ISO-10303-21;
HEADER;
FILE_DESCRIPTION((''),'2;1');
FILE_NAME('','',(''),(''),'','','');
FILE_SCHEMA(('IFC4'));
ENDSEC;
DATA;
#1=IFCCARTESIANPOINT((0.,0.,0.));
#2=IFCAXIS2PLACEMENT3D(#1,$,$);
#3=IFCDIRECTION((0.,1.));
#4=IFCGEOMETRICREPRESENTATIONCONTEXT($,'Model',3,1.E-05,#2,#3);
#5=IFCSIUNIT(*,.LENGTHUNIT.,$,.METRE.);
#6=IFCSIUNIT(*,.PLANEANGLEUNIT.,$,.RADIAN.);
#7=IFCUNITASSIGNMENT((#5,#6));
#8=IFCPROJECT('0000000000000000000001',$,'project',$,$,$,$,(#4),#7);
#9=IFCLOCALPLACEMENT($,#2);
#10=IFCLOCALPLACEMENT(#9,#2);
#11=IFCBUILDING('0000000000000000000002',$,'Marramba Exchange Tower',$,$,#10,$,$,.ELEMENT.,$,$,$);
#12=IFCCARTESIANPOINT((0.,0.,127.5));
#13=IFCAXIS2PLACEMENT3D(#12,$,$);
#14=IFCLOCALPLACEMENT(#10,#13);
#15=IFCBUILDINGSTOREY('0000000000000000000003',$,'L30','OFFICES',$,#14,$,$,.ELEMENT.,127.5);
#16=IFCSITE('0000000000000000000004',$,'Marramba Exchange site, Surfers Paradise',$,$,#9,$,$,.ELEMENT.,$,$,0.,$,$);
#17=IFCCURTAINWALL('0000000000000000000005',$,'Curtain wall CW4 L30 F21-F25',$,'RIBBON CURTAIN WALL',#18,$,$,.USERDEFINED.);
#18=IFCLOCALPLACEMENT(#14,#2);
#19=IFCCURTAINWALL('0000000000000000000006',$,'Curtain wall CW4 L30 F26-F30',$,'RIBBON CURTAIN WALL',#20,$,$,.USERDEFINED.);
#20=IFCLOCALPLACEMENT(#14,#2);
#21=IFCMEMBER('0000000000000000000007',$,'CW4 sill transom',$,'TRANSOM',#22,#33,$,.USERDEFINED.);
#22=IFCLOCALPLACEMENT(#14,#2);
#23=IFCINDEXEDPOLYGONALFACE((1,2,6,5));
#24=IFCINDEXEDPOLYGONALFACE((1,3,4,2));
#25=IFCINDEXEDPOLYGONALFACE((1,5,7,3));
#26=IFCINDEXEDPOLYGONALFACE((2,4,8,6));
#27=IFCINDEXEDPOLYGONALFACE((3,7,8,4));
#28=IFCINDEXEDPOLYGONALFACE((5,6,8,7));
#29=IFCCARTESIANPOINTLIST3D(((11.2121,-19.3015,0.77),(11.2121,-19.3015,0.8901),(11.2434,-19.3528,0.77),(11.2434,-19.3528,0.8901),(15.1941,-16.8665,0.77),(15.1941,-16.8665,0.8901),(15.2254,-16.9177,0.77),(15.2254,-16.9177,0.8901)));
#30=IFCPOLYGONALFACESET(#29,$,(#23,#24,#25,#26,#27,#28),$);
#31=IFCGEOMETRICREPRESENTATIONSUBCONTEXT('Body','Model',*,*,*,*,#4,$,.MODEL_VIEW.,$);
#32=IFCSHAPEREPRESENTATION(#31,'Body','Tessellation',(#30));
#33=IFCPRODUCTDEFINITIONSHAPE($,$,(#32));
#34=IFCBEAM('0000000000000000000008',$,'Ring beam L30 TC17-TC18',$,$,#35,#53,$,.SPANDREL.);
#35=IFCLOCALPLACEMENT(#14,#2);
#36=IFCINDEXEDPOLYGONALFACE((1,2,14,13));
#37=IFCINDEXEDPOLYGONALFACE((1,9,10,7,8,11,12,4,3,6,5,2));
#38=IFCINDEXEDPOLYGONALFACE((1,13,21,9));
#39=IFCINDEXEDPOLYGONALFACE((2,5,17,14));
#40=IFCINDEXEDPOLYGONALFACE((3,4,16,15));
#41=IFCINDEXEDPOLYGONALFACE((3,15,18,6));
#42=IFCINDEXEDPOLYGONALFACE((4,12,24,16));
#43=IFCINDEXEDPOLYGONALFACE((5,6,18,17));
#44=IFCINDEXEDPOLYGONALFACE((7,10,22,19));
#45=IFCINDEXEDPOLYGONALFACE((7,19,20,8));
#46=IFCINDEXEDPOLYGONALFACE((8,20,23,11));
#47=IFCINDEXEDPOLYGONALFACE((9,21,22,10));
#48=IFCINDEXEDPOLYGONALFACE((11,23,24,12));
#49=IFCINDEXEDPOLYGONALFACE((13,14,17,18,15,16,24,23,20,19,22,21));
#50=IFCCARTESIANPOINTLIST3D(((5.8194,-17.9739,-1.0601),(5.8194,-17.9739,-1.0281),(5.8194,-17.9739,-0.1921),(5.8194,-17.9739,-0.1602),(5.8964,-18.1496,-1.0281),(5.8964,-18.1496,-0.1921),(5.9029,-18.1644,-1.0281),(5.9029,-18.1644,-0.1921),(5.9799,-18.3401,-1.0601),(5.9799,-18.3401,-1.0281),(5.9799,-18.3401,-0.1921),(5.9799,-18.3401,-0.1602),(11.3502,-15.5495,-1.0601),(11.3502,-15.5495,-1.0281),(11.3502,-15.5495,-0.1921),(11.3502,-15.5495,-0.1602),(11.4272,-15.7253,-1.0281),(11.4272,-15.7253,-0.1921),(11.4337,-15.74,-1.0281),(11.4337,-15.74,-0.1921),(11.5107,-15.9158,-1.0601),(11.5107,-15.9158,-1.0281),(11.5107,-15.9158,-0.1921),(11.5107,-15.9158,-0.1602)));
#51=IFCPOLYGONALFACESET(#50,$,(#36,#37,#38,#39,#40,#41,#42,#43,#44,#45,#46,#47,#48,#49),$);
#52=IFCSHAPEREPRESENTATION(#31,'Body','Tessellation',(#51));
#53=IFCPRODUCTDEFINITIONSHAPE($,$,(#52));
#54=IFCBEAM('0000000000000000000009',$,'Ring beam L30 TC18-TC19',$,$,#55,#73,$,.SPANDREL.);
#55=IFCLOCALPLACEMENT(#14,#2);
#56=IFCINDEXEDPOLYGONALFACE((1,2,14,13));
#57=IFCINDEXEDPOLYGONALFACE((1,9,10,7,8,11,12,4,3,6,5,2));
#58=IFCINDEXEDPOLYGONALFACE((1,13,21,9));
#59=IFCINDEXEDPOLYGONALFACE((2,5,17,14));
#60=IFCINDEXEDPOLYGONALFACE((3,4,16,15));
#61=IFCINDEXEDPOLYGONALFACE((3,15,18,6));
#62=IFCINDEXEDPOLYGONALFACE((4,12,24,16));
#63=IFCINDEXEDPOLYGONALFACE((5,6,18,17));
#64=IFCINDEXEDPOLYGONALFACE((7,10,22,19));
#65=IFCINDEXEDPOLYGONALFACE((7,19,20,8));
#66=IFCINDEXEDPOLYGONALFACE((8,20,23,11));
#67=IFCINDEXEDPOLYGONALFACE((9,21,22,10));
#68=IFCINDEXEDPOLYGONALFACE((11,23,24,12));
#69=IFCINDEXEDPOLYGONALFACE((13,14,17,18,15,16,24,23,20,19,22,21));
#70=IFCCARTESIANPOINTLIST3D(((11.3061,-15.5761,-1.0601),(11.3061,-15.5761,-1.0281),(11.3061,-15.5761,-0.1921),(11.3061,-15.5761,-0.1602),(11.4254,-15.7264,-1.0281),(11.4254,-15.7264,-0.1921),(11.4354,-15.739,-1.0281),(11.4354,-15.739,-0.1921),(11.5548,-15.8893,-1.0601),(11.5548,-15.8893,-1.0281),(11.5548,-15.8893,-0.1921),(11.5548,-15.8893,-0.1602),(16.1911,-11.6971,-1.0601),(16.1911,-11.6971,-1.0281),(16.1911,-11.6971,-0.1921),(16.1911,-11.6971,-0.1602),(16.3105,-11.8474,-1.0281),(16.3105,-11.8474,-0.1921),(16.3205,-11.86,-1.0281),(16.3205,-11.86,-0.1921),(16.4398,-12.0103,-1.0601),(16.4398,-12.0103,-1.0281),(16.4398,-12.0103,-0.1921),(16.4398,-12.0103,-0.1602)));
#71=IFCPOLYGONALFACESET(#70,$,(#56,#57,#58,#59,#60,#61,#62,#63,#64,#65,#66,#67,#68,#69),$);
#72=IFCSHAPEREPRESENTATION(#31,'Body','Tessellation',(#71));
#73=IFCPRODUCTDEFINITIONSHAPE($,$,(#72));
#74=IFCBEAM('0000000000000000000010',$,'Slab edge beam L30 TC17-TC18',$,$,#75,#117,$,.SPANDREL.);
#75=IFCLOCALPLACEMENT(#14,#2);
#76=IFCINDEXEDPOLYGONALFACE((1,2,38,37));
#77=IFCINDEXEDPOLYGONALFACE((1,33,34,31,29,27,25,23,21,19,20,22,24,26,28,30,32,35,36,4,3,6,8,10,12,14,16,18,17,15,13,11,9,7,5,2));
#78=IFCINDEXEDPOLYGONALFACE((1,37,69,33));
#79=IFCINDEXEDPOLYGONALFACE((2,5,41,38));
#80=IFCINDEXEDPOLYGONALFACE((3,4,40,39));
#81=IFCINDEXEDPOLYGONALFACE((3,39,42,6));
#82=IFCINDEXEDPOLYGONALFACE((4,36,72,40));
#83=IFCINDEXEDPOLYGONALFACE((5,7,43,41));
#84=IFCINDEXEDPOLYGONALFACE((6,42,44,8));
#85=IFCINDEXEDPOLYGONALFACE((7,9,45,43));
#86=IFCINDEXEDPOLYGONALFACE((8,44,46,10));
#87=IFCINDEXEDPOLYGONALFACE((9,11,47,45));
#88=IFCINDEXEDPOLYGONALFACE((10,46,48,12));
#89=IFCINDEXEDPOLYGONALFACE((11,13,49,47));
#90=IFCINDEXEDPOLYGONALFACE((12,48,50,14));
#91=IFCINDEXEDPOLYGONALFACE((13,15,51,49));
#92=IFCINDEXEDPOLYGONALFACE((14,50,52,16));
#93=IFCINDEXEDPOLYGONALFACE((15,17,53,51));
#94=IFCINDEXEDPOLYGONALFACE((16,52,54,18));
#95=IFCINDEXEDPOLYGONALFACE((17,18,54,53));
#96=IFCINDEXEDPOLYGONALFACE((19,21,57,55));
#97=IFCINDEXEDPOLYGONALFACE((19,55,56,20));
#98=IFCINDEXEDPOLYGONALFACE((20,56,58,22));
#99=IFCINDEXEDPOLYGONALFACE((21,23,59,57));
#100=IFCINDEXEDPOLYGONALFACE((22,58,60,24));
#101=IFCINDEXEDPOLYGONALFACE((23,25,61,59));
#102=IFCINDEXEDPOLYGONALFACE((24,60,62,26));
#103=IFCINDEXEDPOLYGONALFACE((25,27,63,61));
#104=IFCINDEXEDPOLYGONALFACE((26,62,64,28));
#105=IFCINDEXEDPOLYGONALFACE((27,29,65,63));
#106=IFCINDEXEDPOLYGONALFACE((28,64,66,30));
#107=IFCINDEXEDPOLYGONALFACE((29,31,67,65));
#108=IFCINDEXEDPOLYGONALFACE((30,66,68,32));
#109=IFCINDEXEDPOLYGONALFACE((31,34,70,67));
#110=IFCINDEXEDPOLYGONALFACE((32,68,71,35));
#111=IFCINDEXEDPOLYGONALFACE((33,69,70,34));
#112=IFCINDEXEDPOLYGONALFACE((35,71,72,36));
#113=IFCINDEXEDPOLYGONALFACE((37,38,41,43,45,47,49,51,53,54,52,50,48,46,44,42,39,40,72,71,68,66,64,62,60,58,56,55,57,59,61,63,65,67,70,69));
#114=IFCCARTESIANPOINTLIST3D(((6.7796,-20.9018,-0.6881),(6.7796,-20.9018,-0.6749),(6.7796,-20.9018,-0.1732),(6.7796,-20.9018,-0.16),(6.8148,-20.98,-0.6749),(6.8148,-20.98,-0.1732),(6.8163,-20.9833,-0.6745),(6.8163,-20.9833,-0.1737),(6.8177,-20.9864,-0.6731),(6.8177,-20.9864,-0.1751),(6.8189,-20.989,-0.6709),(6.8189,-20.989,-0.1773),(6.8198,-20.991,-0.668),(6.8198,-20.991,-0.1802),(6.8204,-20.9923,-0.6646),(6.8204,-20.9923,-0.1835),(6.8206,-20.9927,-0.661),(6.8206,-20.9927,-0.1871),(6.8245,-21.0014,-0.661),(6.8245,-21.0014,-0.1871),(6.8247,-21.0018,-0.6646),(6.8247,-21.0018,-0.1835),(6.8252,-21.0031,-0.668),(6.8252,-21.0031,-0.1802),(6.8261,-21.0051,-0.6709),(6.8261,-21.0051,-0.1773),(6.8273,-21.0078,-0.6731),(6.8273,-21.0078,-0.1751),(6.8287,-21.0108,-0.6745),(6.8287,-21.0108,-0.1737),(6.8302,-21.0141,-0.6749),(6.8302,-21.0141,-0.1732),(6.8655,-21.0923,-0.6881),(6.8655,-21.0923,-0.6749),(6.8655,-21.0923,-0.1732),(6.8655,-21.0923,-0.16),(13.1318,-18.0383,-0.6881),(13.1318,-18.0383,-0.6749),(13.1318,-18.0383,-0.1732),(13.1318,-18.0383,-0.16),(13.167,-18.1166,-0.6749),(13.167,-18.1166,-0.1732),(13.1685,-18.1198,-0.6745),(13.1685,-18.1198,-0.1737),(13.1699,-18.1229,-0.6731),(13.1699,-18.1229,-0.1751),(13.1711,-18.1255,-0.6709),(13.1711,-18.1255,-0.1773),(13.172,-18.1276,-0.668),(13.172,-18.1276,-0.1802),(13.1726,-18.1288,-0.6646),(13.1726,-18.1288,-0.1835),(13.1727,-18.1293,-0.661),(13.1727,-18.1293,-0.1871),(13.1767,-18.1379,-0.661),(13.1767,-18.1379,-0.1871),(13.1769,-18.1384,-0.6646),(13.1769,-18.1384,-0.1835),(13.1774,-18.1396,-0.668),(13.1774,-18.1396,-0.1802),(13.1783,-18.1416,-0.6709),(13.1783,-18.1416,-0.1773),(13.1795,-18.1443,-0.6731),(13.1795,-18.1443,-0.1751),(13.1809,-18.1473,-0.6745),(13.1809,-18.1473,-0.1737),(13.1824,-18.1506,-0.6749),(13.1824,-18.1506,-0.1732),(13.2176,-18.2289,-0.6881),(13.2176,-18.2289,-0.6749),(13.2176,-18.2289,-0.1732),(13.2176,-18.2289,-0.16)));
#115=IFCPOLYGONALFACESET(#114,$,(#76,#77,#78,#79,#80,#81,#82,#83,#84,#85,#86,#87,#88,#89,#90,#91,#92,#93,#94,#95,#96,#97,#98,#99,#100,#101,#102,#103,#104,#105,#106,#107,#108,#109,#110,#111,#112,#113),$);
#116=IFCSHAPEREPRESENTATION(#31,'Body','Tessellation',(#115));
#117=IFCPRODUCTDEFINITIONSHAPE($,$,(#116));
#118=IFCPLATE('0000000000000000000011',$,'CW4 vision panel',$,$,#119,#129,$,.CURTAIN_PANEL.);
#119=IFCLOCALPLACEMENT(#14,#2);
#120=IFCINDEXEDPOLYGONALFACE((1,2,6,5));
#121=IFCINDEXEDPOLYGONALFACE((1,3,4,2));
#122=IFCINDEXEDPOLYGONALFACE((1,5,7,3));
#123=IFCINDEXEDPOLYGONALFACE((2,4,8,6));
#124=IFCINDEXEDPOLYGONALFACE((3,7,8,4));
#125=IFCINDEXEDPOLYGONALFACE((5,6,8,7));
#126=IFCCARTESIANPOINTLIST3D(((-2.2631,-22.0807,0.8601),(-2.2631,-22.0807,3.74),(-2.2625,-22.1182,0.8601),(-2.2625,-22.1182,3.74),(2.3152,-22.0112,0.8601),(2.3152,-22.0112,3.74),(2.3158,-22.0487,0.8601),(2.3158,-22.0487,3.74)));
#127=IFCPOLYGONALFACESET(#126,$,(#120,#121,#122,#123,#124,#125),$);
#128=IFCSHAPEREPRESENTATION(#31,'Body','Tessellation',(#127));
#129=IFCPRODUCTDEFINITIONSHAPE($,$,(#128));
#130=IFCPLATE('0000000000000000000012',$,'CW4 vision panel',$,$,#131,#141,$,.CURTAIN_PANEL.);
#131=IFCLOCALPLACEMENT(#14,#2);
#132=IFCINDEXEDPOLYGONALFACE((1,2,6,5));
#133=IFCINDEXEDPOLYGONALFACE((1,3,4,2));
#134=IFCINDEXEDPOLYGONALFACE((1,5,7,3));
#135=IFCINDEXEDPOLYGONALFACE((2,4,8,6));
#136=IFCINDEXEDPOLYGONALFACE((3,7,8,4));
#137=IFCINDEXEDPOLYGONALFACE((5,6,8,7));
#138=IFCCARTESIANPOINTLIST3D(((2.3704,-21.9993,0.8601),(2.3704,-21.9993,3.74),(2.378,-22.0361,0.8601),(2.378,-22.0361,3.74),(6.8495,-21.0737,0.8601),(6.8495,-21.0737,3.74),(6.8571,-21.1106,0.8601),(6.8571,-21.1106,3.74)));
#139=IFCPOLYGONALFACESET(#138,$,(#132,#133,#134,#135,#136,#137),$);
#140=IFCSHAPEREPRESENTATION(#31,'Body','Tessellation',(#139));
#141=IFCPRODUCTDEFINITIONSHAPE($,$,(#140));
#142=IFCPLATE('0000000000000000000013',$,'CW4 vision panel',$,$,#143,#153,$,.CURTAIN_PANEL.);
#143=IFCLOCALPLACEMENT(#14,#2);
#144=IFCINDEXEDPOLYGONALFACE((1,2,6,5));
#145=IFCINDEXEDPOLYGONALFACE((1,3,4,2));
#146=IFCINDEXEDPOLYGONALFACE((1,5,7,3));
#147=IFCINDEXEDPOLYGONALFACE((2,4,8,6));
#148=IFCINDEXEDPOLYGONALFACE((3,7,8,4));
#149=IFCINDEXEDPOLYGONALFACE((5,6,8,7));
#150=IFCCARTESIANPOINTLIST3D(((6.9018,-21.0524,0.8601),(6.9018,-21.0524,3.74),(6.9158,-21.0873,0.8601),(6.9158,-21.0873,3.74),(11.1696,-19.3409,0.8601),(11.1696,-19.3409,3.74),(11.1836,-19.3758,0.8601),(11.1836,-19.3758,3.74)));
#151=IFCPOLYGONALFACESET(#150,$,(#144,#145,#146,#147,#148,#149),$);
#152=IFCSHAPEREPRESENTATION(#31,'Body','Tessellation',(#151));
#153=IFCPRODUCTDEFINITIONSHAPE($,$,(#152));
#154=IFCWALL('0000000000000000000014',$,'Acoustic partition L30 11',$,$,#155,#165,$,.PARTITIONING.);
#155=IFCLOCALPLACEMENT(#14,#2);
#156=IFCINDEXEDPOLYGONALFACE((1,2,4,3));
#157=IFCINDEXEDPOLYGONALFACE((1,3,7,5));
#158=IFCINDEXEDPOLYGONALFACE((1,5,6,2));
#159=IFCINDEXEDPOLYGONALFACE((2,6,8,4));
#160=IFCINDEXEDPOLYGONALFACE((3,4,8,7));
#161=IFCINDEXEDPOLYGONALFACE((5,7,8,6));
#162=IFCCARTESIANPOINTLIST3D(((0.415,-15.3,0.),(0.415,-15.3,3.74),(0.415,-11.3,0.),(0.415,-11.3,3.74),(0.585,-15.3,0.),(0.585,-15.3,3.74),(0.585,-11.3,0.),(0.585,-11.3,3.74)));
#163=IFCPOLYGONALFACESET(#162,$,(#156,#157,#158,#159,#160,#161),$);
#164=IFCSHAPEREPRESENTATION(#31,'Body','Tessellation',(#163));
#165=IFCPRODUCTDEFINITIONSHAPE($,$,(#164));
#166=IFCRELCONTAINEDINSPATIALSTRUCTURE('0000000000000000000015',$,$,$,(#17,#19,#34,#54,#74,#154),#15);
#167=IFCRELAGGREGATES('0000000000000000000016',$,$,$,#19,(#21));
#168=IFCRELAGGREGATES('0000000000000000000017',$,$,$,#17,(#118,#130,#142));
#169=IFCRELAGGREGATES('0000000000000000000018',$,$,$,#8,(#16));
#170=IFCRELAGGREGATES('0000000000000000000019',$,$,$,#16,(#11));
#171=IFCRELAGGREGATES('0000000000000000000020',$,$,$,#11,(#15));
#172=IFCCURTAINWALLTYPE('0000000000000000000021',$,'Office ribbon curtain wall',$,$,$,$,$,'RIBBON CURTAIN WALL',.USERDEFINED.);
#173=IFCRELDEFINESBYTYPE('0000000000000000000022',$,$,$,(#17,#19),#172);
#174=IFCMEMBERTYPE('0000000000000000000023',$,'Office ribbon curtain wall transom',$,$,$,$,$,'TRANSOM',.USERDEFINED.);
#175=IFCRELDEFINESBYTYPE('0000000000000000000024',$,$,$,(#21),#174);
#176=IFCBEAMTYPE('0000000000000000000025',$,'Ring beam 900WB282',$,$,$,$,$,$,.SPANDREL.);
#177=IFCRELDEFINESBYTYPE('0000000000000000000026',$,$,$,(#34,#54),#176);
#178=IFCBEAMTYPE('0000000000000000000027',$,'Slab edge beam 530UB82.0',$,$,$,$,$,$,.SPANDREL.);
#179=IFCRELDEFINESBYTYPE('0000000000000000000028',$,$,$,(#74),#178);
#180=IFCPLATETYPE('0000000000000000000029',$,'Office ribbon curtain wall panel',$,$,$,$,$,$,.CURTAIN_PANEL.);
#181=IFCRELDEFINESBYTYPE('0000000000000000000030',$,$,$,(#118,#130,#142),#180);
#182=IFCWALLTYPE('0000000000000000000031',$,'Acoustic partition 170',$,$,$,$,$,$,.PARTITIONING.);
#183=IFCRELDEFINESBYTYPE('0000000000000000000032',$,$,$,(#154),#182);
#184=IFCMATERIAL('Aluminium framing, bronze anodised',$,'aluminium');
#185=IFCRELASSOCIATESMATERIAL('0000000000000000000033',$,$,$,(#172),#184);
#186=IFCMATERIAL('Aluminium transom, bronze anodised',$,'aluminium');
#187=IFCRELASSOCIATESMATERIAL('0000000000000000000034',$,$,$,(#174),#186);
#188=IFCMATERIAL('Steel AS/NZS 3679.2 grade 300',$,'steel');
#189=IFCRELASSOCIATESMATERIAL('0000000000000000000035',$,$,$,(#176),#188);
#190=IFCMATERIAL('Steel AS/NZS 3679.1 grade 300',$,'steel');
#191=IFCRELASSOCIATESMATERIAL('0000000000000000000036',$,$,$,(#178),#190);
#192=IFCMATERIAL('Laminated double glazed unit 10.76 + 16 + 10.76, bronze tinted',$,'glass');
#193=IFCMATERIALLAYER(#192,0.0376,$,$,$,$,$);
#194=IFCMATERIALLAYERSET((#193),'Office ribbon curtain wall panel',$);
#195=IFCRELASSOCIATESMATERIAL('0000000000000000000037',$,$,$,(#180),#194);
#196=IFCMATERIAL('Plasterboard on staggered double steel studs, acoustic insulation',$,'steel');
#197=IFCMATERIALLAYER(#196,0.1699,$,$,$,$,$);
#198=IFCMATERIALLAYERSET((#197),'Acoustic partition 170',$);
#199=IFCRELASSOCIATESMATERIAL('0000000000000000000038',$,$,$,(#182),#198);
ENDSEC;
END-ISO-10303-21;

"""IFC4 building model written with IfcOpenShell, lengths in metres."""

from ifc_helpers import new_model, si_unit, direction, frame, frame_2d, origin, origin_2d, place, context, subcontext, project, spatial, rectangle, i_section, extrude, material, layer, layer_set, material_profile, profile_set, type_object, element, aggregate, save


model = new_model("IFC4")

# Units and contexts
model_context = context("Model", 3, precision=1e-05, world=origin(), true_north=direction((0.0, 1.0)))
body_context = subcontext(model_context, "Body", "Model", "MODEL_VIEW")
ifc_project = project(units=[si_unit("LENGTHUNIT", "METRE"), si_unit("PLANEANGLEUNIT", "RADIAN")], contexts=[model_context])

# Site, building, storey
site_placement = place(None, origin())
site = spatial("IfcSite", under=ifc_project, at=site_placement, Name="Marramba Exchange site, Surfers Paradise", CompositionType="ELEMENT", RefElevation=0.0)
building_placement = place(site_placement, origin())
building = spatial("IfcBuilding", under=site, at=building_placement, Name="Marramba Exchange Tower", CompositionType="ELEMENT")
storey_placement = place(building_placement, frame((0.0, 0.0, 127.5)))
storey = spatial("IfcBuildingStorey", under=building, at=storey_placement, Name="L30", Description="OFFICES", CompositionType="ELEMENT", Elevation=127.5)

# Shared definitions
ifc_material_1 = material(Name="Steel AS/NZS 3679.2 grade 300", Category="steel")
ifc_material_2 = material(Name="Steel AS/NZS 3679.1 grade 300", Category="steel")

# Curtain wall
ifc_material_3 = material(Name="Aluminium framing, bronze anodised", Category="aluminium")
curtain_wall_type = type_object("IfcCurtainWallType", Name="Office ribbon curtain wall", ElementType="RIBBON CURTAIN WALL", PredefinedType="USERDEFINED", material=ifc_material_3)
curtain_wall_1_placement = place(storey_placement, origin())
curtain_wall_1 = element("IfcCurtainWall", 1, at=curtain_wall_1_placement, inside=storey, type_object=curtain_wall_type, Name="Curtain wall CW4 L30 F21-F25", ObjectType="RIBBON CURTAIN WALL", PredefinedType="USERDEFINED")

# Curtain wall
curtain_wall_2_placement = place(storey_placement, origin())
curtain_wall_2 = element("IfcCurtainWall", 2, at=curtain_wall_2_placement, inside=storey, type_object=curtain_wall_type, Name="Curtain wall CW4 L30 F26-F30", ObjectType="RIBBON CURTAIN WALL", PredefinedType="USERDEFINED")

# Member
ifc_material_4 = material(Name="Aluminium transom, bronze anodised", Category="aluminium")
ifc_material_profile_1 = material_profile(ifc_material_4, rectangle(XDim=0.0601, YDim=0.1201, at=origin_2d()), Name="CW4 transom 60x120")
ifc_profile_set_1 = profile_set([ifc_material_profile_1], Name="Aluminium transom, bronze anodised")
member_type_1 = type_object("IfcMemberType", Name="Office ribbon curtain wall transom", ElementType="TRANSOM", PredefinedType="USERDEFINED", material=ifc_profile_set_1)
member_1_placement = place(storey_placement, frame((11.2278, -19.3271, 0.8301), z_axis=(0.853124, 0.521708, 0.0), x_axis=(-0.521708, 0.853124, 0.0)))
member_1 = element("IfcMember", 3, at=member_1_placement, type_object=member_type_1, Name="CW4 sill transom", ObjectType="TRANSOM", PredefinedType="USERDEFINED", context=body_context, shape_type="SweptSolid", body=[
    extrude(rectangle(XDim=0.0601, YDim=0.1201, at=origin_2d()), origin(), (0.0, 0.0, 1.0), 4.6675),
])
aggregate(curtain_wall_2, [member_1])

# Beams
ifc_material_profile_2 = material_profile(ifc_material_1, i_section(OverallWidth=0.3999, OverallDepth=0.8999, WebThickness=0.0161, FlangeThickness=0.032, at=origin_2d()), Name="900WB282")
ifc_profile_set_2 = profile_set([ifc_material_profile_2], Name="Steel AS/NZS 3679.2 grade 300")
beam_type_1 = type_object("IfcBeamType", Name="Ring beam 900WB282", PredefinedType="SPANDREL", material=ifc_profile_set_2)
beam_1_placement = place(storey_placement, frame((5.8997, -18.157, -0.6101), z_axis=(0.915877, 0.401459, 0.0), x_axis=(-0.401459, 0.915877, 0.0)))
element("IfcBeam", 4, at=beam_1_placement, inside=storey, type_object=beam_type_1, Name="Ring beam L30 TC17-TC18", PredefinedType="SPANDREL", context=body_context, shape_type="SweptSolid", body=[
    extrude(i_section(OverallWidth=0.3999, OverallDepth=0.8999, WebThickness=0.0161, FlangeThickness=0.032, at=origin_2d()), origin(), (0.0, 0.0, 1.0), 6.0388),
])
beam_2_placement = place(storey_placement, frame((11.4304, -15.7327, -0.6101), z_axis=(0.783139, 0.621846, 0.0), x_axis=(-0.621846, 0.783139, 0.0)))
element("IfcBeam", 5, at=beam_2_placement, inside=storey, type_object=beam_type_1, Name="Ring beam L30 TC18-TC19", PredefinedType="SPANDREL", context=body_context, shape_type="SweptSolid", body=[
    extrude(i_section(OverallWidth=0.3999, OverallDepth=0.8999, WebThickness=0.0161, FlangeThickness=0.032, at=origin_2d()), origin(), (0.0, 0.0, 1.0), 6.2378),
])
ifc_material_profile_3 = material_profile(ifc_material_2, i_section(OverallWidth=0.209, OverallDepth=0.5281, WebThickness=0.0095, FlangeThickness=0.0132, FilletRadius=0.0139, at=origin_2d()), Name="530UB82.0")
ifc_profile_set_3 = profile_set([ifc_material_profile_3], Name="Steel AS/NZS 3679.1 grade 300")
beam_type_2 = type_object("IfcBeamType", Name="Slab edge beam 530UB82.0", PredefinedType="SPANDREL", material=ifc_profile_set_3)
beam_3_placement = place(storey_placement, frame((6.8225, -20.9971, -0.4241), z_axis=(0.911653, 0.41096, 0.0), x_axis=(-0.41096, 0.911653, 0.0)))
element("IfcBeam", 6, at=beam_3_placement, inside=storey, type_object=beam_type_2, Name="Slab edge beam L30 TC17-TC18", PredefinedType="SPANDREL", context=body_context, shape_type="SweptSolid", body=[
    extrude(i_section(OverallWidth=0.209, OverallDepth=0.5281, WebThickness=0.0095, FlangeThickness=0.0132, FilletRadius=0.0139, at=origin_2d()), origin(), (0.0, 0.0, 1.0), 6.9678),
])

# Plates
ifc_material_5 = material(Name="Laminated double glazed unit 10.76 + 16 + 10.76, bronze tinted", Category="glass")
ifc_layer_1 = layer(ifc_material_5, 0.0376)
ifc_layer_set_1 = layer_set([ifc_layer_1], Name="Office ribbon curtain wall panel")
plate_type = type_object("IfcPlateType", Name="Office ribbon curtain wall panel", PredefinedType="CURTAIN_PANEL", material=ifc_layer_set_1)
plate_1_placement = place(storey_placement, frame((0.0264, -22.0647, 0.8601), z_axis=(0.0, 0.0, 1.0), x_axis=(0.999885, 0.015179, 0.0)))
plate_1 = element("IfcPlate", 7, at=plate_1_placement, type_object=plate_type, Name="CW4 vision panel", PredefinedType="CURTAIN_PANEL", context=body_context, shape_type="SweptSolid", body=[
    extrude(rectangle(XDim=4.5789, YDim=0.0376, at=origin_2d()), origin(), (0.0, 0.0, 1.0), 2.8799),
])
plate_2_placement = place(storey_placement, frame((4.6138, -21.5549, 0.8601), z_axis=(0.0, 0.0, 1.0), x_axis=(0.97931, 0.202365, 0.0)))
plate_2 = element("IfcPlate", 8, at=plate_2_placement, type_object=plate_type, Name="CW4 vision panel", PredefinedType="CURTAIN_PANEL", context=body_context, shape_type="SweptSolid", body=[
    extrude(rectangle(XDim=4.5737, YDim=0.0376, at=origin_2d()), origin(), (0.0, 0.0, 1.0), 2.8799),
])
plate_3_placement = place(storey_placement, frame((9.0427, -20.2141, 0.8601), z_axis=(0.0, 0.0, 1.0), x_axis=(0.928149, 0.372209, 0.0)))
plate_3 = element("IfcPlate", 9, at=plate_3_placement, type_object=plate_type, Name="CW4 vision panel", PredefinedType="CURTAIN_PANEL", context=body_context, shape_type="SweptSolid", body=[
    extrude(rectangle(XDim=4.5981, YDim=0.0376, at=origin_2d()), origin(), (0.0, 0.0, 1.0), 2.8799),
])
aggregate(curtain_wall_1, [plate_1, plate_2, plate_3])

# Wall
ifc_material_6 = material(Name="Plasterboard on staggered double steel studs, acoustic insulation", Category="steel")
ifc_layer_2 = layer(ifc_material_6, 0.1699)
ifc_layer_set_2 = layer_set([ifc_layer_2], Name="Acoustic partition 170")
wall_type = type_object("IfcWallType", Name="Acoustic partition 170", PredefinedType="PARTITIONING", material=ifc_layer_set_2)
wall_1_placement = place(storey_placement, frame((0.5, -15.3, 0.0), z_axis=(0.0, 0.0, 1.0), x_axis=(0.0, 1.0, 0.0)))
element("IfcWall", 10, at=wall_1_placement, inside=storey, type_object=wall_type, Name="Acoustic partition L30 11", PredefinedType="PARTITIONING", context=body_context, shape_type="SweptSolid", body=[
    extrude(rectangle(XDim=4.0, YDim=0.1699, at=frame_2d((2.0, 0.0))), origin(), (0.0, 0.0, 1.0), 3.74),
])

save(model, "model.ifc")
